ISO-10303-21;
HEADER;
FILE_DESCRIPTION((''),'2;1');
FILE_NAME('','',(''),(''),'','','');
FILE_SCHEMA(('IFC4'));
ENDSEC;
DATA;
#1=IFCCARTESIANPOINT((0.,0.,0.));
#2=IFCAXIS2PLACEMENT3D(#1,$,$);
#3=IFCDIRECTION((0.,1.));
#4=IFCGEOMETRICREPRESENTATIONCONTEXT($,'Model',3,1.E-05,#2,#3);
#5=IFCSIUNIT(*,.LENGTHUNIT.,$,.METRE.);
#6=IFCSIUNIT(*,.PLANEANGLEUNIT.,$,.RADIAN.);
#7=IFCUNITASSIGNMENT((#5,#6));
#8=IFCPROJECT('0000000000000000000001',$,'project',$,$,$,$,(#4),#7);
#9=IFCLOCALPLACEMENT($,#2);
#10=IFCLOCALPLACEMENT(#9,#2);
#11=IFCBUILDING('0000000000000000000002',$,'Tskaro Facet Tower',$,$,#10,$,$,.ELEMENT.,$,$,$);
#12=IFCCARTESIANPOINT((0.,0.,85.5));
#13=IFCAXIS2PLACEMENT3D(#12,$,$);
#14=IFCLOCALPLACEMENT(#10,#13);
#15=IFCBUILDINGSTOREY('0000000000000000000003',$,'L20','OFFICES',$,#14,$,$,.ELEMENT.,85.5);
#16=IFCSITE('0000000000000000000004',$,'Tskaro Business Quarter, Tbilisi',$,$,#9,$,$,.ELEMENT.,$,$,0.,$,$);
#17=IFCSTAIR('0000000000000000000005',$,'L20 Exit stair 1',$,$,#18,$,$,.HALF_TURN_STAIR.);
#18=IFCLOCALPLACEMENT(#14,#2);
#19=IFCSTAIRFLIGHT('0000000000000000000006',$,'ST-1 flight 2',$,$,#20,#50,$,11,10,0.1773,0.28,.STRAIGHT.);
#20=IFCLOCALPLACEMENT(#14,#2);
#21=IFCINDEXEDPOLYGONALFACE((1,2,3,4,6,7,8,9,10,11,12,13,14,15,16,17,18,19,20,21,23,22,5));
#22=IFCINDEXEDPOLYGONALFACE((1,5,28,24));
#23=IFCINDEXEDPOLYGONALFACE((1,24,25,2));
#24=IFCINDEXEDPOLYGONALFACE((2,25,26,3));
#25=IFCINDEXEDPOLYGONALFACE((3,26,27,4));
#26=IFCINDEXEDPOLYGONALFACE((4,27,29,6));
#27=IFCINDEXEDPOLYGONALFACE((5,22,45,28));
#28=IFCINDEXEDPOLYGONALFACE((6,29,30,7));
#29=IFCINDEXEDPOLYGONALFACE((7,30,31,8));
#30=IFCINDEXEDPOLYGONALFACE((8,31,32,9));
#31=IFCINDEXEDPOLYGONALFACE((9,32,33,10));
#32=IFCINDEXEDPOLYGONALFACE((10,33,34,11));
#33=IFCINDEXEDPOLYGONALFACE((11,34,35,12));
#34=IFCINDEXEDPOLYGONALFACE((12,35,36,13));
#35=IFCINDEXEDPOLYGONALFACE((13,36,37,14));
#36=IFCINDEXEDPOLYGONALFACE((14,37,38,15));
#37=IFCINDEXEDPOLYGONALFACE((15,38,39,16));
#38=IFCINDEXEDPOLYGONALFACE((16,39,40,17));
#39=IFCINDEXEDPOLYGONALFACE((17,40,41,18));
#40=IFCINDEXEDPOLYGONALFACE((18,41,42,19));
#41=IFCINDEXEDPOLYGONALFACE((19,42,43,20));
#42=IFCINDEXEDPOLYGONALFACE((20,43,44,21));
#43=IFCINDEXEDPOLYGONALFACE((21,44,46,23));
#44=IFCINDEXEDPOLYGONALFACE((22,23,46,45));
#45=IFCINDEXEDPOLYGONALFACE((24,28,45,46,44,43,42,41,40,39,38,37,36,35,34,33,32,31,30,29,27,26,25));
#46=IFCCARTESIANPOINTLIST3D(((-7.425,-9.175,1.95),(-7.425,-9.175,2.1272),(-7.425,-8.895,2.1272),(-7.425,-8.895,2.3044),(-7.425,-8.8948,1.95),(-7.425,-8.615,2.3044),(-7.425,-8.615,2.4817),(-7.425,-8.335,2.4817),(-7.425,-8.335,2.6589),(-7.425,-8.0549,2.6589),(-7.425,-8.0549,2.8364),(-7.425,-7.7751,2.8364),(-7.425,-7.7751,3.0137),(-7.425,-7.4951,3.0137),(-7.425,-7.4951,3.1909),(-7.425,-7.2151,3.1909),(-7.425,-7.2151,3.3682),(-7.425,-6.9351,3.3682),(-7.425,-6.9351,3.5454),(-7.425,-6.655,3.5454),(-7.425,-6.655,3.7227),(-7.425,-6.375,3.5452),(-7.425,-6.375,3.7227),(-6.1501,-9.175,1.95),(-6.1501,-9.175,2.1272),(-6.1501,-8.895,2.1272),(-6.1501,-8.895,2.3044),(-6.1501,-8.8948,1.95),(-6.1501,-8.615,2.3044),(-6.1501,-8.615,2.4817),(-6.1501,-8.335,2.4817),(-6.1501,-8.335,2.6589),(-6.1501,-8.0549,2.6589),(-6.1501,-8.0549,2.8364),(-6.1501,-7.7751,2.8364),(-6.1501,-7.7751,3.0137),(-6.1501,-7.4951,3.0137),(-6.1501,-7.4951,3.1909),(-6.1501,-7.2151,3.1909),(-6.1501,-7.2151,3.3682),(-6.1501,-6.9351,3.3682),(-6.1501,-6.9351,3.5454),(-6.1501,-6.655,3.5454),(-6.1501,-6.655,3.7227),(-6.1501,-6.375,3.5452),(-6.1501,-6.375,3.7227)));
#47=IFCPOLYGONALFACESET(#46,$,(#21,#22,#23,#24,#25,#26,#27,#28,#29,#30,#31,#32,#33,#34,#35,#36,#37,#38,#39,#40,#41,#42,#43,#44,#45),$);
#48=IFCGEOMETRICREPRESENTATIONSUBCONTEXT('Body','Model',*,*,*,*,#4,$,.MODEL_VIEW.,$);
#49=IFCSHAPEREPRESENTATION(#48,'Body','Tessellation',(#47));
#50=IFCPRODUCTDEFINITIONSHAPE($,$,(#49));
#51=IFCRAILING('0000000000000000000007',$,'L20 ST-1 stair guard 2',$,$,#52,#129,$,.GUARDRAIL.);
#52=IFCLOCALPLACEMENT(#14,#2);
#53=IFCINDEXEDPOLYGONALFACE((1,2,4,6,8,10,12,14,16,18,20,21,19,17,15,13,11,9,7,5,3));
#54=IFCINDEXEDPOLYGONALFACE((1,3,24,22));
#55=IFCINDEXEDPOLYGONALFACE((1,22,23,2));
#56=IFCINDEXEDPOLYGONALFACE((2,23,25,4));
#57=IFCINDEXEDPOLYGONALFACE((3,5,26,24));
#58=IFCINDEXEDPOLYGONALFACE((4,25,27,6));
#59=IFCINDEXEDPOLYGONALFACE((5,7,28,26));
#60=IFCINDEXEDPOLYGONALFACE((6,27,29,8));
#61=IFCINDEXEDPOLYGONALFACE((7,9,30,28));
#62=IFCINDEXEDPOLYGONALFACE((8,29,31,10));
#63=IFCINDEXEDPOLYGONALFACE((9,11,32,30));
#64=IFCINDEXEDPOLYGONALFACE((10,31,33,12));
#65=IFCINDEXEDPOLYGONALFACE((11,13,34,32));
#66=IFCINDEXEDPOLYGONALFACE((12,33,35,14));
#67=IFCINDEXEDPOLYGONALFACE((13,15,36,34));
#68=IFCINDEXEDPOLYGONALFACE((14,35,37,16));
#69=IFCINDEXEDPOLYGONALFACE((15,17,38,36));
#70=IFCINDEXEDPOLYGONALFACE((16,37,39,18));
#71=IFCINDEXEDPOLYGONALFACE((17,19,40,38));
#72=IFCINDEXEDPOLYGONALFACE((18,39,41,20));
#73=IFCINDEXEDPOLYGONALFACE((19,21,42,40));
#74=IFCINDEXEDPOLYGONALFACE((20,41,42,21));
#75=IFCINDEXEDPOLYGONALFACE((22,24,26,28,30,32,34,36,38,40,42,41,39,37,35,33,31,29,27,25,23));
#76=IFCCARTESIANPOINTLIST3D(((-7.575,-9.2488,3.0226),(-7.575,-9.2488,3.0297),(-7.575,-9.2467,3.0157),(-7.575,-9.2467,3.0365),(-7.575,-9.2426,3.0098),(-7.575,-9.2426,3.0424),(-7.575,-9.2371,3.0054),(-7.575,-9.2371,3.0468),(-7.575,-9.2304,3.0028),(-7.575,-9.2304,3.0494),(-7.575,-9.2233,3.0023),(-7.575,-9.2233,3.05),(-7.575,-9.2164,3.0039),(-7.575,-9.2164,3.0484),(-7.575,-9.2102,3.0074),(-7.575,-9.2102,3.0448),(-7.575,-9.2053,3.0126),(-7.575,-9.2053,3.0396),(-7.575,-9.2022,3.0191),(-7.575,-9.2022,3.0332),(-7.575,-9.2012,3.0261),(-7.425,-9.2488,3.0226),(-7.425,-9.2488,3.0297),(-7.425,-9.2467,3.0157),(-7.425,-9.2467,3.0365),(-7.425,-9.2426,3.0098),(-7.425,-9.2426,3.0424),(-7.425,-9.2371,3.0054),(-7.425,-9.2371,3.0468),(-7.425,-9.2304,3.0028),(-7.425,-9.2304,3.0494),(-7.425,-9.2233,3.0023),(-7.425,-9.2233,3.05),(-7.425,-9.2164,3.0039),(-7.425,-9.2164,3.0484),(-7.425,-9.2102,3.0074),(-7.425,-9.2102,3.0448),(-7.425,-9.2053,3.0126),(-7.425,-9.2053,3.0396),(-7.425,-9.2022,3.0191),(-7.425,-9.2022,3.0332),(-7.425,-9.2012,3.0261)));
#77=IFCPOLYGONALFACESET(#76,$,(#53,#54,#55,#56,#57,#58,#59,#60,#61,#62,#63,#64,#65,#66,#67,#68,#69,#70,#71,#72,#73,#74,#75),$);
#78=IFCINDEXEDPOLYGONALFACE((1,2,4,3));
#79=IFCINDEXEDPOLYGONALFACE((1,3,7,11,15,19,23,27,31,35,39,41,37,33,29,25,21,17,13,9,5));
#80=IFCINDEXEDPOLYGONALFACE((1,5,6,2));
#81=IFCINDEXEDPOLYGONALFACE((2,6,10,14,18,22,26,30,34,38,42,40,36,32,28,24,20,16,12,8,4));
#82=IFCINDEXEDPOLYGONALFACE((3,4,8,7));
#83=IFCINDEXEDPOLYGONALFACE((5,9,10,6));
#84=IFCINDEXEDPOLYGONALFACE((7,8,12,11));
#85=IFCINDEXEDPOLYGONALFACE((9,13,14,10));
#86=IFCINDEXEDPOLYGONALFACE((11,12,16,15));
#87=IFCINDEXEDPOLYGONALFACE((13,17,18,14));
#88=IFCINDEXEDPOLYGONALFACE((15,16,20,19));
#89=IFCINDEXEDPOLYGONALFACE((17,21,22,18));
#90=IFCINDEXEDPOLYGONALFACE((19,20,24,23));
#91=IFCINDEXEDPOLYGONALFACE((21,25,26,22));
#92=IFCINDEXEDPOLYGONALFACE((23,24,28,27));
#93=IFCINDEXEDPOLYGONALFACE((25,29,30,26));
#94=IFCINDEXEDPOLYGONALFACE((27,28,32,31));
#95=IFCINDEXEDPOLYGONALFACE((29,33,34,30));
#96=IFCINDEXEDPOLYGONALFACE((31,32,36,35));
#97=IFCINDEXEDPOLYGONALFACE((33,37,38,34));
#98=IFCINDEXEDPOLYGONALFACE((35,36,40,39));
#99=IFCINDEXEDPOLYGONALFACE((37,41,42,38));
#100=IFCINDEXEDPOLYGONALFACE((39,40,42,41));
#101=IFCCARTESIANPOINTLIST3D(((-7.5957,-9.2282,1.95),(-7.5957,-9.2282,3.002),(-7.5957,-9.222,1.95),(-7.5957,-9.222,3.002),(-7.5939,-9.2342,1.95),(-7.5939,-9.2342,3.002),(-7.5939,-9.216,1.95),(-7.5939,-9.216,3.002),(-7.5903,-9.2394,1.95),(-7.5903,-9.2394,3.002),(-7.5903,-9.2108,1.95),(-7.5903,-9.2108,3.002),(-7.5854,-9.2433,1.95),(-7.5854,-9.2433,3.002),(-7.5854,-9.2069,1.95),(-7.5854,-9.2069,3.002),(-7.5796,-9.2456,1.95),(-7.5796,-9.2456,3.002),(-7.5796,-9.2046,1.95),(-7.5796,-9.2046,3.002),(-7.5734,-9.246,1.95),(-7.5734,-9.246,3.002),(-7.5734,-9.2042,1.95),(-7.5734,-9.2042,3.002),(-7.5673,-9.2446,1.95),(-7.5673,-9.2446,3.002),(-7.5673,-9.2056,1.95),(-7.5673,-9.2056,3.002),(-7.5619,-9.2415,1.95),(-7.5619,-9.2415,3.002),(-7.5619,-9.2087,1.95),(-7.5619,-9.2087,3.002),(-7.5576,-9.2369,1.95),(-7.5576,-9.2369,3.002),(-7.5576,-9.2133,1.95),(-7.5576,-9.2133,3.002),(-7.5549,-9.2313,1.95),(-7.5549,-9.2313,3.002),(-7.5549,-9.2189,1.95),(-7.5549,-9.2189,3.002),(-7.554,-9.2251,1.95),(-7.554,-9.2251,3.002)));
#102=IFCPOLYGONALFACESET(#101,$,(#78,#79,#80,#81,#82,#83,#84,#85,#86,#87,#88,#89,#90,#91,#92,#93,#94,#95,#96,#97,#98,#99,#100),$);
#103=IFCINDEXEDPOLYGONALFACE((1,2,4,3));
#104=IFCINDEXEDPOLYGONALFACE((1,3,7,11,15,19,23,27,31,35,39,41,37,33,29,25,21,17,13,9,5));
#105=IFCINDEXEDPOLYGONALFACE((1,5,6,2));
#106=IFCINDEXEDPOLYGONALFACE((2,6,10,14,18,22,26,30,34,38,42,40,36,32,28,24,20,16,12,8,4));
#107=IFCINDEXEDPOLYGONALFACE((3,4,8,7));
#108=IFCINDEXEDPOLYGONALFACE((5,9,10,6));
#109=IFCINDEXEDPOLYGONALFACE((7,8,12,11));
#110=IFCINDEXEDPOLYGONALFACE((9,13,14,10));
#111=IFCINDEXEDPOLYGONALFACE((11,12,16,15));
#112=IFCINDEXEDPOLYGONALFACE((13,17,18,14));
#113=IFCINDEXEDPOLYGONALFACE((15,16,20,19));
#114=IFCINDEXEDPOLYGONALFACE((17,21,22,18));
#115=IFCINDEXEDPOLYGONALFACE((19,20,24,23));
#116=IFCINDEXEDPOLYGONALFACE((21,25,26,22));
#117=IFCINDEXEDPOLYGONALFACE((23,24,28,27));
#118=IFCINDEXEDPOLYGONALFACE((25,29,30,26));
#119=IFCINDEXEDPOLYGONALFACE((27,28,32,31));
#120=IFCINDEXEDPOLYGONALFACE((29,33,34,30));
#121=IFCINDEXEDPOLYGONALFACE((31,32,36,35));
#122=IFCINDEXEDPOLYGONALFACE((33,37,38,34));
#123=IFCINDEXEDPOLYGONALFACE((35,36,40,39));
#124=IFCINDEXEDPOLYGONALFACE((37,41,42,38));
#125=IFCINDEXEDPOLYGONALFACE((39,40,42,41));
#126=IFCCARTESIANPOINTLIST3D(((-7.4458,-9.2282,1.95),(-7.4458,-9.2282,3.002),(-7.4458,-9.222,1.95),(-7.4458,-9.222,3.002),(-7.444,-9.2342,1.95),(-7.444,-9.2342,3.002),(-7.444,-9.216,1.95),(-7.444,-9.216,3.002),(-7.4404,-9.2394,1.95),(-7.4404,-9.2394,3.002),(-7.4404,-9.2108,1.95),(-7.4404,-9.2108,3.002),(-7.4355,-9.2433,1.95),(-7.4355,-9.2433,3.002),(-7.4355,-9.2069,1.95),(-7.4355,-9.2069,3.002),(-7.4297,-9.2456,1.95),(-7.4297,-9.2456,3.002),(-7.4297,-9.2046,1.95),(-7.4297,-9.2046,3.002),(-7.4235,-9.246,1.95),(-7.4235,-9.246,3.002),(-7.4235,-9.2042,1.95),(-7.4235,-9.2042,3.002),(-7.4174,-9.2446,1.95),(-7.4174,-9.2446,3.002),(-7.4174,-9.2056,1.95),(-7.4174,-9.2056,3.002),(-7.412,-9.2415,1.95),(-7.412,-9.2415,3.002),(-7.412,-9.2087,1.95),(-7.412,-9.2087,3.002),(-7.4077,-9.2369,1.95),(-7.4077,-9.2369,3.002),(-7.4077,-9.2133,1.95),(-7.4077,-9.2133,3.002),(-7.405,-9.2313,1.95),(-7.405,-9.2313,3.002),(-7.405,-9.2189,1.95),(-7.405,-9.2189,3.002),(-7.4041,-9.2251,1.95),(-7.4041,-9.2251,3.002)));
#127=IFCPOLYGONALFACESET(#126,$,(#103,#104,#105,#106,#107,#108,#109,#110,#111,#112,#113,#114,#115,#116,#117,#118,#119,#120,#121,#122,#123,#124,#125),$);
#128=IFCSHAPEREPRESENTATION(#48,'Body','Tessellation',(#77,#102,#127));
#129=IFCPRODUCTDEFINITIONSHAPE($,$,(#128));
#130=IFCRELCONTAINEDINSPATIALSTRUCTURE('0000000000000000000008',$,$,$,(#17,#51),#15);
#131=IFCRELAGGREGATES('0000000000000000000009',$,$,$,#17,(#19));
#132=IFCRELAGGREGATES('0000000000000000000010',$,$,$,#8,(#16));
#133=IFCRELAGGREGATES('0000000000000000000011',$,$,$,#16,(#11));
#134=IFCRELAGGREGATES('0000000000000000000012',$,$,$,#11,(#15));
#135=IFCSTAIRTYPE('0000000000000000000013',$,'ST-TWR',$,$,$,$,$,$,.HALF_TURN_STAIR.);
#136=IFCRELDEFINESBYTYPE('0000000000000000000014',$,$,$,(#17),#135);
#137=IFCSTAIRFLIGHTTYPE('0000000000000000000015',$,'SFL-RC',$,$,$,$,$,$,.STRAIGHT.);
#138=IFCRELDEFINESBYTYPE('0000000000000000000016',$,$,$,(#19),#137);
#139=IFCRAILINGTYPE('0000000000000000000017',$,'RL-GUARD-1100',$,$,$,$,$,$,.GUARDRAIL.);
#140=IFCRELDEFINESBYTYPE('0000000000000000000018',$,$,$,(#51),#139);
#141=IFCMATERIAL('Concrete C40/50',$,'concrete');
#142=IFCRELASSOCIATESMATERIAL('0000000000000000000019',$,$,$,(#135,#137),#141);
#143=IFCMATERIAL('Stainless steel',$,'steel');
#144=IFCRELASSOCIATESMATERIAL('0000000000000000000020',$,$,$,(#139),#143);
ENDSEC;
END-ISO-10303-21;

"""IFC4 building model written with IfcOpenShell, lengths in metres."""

from ifc_helpers import new_model, si_unit, direction, frame, origin, origin_2d, place, context, subcontext, project, spatial, polyline, circle, outline, extrude, material, type_object, element, aggregate, save


model = new_model("IFC4")

# Units and contexts
model_context = context("Model", 3, precision=1e-05, world=origin(), true_north=direction((0.0, 1.0)))
body_context = subcontext(model_context, "Body", "Model", "MODEL_VIEW")
ifc_project = project(units=[si_unit("LENGTHUNIT", "METRE"), si_unit("PLANEANGLEUNIT", "RADIAN")], contexts=[model_context])

# Site, building, storey
site_placement = place(None, origin())
site = spatial("IfcSite", under=ifc_project, at=site_placement, Name="Tskaro Business Quarter, Tbilisi", CompositionType="ELEMENT", RefElevation=0.0)
building_placement = place(site_placement, origin())
building = spatial("IfcBuilding", under=site, at=building_placement, Name="Tskaro Facet Tower", CompositionType="ELEMENT")
storey_placement = place(building_placement, frame((0.0, 0.0, 85.5)))
storey = spatial("IfcBuildingStorey", under=building, at=storey_placement, Name="L20", Description="OFFICES", CompositionType="ELEMENT", Elevation=85.5)

# Shared definitions
ifc_material_1 = material(Name="Stainless steel", Category="steel")

# Shared definitions
ifc_material_2 = material(Name="Concrete C40/50", Category="concrete")

# Stair, stair flight
stair_type = type_object("IfcStairType", Name="ST-TWR", PredefinedType="HALF_TURN_STAIR", material=ifc_material_2)
stair_placement = place(storey_placement, origin())
stair = element("IfcStair", 1, at=stair_placement, inside=storey, type_object=stair_type, Name="L20 Exit stair 1", PredefinedType="HALF_TURN_STAIR")
stair_flight_type = type_object("IfcStairFlightType", Name="SFL-RC", PredefinedType="STRAIGHT", material=ifc_material_2)
stair_flight_placement = place(storey_placement, frame((-6.7876, -9.175, 1.95), z_axis=(0.0, 0.0, 1.0), x_axis=(0.0, 1.0, 0.0)))
stair_flight = element("IfcStairFlight", 2, at=stair_flight_placement, type_object=stair_flight_type, Name="ST-1 flight 2", NumberOfRisers=11, NumberOfTreads=10, PredefinedType="STRAIGHT", RiserHeight=0.1773, TreadLength=0.28, context=body_context, shape_type="SweptSolid", body=[
    extrude(outline(polyline([(0.0, 0.0), (0.0, 0.1772), (0.28, 0.1772), (0.28, 0.3545), (0.5601, 0.3545), (0.5601, 0.5317), (0.8401, 0.5317), (0.8401, 0.709), (1.1201, 0.709), (1.1201, 0.8865), (1.3999, 0.8865), (1.3999, 1.0637), (1.6799, 1.0637), (1.6799, 1.241), (1.96, 1.241), (1.96, 1.4182), (2.24, 1.4182), (2.24, 1.5955), (2.52, 1.5955), (2.52, 1.7727), (2.8, 1.7727), (2.8, 1.95), (2.8, 1.5952), (0.2803, 0.0), (0.0, 0.0)])), frame((0.0, 0.6375, 0.0), z_axis=(0.0, -1.0, 0.0), x_axis=(1.0, 0.0, 0.0)), (0.0, 0.0, 1.0), 1.2749),
])
aggregate(stair, [stair_flight])

# Railing
railing_type_1 = type_object("IfcRailingType", Name="RL-GUARD-1100", PredefinedType="GUARDRAIL", material=ifc_material_1)
railing_1_placement = place(storey_placement, frame((-7.575, -9.2251, 1.95)))
element("IfcRailing", 3, at=railing_1_placement, inside=storey, type_object=railing_type_1, Name="L20 ST-1 stair guard 2", PredefinedType="GUARDRAIL", context=body_context, shape_type="SweptSolid", body=[
    extrude(circle(Radius=0.0239, at=origin_2d()), frame((0.0, 0.0, 1.0762), z_axis=(1.0, 0.0, 0.0), x_axis=(0.0, 1.0, 0.0)), (0.0, 0.0, 1.0), 0.1499),
    extrude(circle(Radius=0.021, at=origin_2d()), origin(), (0.0, 0.0, 1.0), 1.052),
    extrude(circle(Radius=0.021, at=origin_2d()), frame((0.1499, 0.0, 0.0)), (0.0, 0.0, 1.0), 1.052),
])

save(model, "model.ifc")
